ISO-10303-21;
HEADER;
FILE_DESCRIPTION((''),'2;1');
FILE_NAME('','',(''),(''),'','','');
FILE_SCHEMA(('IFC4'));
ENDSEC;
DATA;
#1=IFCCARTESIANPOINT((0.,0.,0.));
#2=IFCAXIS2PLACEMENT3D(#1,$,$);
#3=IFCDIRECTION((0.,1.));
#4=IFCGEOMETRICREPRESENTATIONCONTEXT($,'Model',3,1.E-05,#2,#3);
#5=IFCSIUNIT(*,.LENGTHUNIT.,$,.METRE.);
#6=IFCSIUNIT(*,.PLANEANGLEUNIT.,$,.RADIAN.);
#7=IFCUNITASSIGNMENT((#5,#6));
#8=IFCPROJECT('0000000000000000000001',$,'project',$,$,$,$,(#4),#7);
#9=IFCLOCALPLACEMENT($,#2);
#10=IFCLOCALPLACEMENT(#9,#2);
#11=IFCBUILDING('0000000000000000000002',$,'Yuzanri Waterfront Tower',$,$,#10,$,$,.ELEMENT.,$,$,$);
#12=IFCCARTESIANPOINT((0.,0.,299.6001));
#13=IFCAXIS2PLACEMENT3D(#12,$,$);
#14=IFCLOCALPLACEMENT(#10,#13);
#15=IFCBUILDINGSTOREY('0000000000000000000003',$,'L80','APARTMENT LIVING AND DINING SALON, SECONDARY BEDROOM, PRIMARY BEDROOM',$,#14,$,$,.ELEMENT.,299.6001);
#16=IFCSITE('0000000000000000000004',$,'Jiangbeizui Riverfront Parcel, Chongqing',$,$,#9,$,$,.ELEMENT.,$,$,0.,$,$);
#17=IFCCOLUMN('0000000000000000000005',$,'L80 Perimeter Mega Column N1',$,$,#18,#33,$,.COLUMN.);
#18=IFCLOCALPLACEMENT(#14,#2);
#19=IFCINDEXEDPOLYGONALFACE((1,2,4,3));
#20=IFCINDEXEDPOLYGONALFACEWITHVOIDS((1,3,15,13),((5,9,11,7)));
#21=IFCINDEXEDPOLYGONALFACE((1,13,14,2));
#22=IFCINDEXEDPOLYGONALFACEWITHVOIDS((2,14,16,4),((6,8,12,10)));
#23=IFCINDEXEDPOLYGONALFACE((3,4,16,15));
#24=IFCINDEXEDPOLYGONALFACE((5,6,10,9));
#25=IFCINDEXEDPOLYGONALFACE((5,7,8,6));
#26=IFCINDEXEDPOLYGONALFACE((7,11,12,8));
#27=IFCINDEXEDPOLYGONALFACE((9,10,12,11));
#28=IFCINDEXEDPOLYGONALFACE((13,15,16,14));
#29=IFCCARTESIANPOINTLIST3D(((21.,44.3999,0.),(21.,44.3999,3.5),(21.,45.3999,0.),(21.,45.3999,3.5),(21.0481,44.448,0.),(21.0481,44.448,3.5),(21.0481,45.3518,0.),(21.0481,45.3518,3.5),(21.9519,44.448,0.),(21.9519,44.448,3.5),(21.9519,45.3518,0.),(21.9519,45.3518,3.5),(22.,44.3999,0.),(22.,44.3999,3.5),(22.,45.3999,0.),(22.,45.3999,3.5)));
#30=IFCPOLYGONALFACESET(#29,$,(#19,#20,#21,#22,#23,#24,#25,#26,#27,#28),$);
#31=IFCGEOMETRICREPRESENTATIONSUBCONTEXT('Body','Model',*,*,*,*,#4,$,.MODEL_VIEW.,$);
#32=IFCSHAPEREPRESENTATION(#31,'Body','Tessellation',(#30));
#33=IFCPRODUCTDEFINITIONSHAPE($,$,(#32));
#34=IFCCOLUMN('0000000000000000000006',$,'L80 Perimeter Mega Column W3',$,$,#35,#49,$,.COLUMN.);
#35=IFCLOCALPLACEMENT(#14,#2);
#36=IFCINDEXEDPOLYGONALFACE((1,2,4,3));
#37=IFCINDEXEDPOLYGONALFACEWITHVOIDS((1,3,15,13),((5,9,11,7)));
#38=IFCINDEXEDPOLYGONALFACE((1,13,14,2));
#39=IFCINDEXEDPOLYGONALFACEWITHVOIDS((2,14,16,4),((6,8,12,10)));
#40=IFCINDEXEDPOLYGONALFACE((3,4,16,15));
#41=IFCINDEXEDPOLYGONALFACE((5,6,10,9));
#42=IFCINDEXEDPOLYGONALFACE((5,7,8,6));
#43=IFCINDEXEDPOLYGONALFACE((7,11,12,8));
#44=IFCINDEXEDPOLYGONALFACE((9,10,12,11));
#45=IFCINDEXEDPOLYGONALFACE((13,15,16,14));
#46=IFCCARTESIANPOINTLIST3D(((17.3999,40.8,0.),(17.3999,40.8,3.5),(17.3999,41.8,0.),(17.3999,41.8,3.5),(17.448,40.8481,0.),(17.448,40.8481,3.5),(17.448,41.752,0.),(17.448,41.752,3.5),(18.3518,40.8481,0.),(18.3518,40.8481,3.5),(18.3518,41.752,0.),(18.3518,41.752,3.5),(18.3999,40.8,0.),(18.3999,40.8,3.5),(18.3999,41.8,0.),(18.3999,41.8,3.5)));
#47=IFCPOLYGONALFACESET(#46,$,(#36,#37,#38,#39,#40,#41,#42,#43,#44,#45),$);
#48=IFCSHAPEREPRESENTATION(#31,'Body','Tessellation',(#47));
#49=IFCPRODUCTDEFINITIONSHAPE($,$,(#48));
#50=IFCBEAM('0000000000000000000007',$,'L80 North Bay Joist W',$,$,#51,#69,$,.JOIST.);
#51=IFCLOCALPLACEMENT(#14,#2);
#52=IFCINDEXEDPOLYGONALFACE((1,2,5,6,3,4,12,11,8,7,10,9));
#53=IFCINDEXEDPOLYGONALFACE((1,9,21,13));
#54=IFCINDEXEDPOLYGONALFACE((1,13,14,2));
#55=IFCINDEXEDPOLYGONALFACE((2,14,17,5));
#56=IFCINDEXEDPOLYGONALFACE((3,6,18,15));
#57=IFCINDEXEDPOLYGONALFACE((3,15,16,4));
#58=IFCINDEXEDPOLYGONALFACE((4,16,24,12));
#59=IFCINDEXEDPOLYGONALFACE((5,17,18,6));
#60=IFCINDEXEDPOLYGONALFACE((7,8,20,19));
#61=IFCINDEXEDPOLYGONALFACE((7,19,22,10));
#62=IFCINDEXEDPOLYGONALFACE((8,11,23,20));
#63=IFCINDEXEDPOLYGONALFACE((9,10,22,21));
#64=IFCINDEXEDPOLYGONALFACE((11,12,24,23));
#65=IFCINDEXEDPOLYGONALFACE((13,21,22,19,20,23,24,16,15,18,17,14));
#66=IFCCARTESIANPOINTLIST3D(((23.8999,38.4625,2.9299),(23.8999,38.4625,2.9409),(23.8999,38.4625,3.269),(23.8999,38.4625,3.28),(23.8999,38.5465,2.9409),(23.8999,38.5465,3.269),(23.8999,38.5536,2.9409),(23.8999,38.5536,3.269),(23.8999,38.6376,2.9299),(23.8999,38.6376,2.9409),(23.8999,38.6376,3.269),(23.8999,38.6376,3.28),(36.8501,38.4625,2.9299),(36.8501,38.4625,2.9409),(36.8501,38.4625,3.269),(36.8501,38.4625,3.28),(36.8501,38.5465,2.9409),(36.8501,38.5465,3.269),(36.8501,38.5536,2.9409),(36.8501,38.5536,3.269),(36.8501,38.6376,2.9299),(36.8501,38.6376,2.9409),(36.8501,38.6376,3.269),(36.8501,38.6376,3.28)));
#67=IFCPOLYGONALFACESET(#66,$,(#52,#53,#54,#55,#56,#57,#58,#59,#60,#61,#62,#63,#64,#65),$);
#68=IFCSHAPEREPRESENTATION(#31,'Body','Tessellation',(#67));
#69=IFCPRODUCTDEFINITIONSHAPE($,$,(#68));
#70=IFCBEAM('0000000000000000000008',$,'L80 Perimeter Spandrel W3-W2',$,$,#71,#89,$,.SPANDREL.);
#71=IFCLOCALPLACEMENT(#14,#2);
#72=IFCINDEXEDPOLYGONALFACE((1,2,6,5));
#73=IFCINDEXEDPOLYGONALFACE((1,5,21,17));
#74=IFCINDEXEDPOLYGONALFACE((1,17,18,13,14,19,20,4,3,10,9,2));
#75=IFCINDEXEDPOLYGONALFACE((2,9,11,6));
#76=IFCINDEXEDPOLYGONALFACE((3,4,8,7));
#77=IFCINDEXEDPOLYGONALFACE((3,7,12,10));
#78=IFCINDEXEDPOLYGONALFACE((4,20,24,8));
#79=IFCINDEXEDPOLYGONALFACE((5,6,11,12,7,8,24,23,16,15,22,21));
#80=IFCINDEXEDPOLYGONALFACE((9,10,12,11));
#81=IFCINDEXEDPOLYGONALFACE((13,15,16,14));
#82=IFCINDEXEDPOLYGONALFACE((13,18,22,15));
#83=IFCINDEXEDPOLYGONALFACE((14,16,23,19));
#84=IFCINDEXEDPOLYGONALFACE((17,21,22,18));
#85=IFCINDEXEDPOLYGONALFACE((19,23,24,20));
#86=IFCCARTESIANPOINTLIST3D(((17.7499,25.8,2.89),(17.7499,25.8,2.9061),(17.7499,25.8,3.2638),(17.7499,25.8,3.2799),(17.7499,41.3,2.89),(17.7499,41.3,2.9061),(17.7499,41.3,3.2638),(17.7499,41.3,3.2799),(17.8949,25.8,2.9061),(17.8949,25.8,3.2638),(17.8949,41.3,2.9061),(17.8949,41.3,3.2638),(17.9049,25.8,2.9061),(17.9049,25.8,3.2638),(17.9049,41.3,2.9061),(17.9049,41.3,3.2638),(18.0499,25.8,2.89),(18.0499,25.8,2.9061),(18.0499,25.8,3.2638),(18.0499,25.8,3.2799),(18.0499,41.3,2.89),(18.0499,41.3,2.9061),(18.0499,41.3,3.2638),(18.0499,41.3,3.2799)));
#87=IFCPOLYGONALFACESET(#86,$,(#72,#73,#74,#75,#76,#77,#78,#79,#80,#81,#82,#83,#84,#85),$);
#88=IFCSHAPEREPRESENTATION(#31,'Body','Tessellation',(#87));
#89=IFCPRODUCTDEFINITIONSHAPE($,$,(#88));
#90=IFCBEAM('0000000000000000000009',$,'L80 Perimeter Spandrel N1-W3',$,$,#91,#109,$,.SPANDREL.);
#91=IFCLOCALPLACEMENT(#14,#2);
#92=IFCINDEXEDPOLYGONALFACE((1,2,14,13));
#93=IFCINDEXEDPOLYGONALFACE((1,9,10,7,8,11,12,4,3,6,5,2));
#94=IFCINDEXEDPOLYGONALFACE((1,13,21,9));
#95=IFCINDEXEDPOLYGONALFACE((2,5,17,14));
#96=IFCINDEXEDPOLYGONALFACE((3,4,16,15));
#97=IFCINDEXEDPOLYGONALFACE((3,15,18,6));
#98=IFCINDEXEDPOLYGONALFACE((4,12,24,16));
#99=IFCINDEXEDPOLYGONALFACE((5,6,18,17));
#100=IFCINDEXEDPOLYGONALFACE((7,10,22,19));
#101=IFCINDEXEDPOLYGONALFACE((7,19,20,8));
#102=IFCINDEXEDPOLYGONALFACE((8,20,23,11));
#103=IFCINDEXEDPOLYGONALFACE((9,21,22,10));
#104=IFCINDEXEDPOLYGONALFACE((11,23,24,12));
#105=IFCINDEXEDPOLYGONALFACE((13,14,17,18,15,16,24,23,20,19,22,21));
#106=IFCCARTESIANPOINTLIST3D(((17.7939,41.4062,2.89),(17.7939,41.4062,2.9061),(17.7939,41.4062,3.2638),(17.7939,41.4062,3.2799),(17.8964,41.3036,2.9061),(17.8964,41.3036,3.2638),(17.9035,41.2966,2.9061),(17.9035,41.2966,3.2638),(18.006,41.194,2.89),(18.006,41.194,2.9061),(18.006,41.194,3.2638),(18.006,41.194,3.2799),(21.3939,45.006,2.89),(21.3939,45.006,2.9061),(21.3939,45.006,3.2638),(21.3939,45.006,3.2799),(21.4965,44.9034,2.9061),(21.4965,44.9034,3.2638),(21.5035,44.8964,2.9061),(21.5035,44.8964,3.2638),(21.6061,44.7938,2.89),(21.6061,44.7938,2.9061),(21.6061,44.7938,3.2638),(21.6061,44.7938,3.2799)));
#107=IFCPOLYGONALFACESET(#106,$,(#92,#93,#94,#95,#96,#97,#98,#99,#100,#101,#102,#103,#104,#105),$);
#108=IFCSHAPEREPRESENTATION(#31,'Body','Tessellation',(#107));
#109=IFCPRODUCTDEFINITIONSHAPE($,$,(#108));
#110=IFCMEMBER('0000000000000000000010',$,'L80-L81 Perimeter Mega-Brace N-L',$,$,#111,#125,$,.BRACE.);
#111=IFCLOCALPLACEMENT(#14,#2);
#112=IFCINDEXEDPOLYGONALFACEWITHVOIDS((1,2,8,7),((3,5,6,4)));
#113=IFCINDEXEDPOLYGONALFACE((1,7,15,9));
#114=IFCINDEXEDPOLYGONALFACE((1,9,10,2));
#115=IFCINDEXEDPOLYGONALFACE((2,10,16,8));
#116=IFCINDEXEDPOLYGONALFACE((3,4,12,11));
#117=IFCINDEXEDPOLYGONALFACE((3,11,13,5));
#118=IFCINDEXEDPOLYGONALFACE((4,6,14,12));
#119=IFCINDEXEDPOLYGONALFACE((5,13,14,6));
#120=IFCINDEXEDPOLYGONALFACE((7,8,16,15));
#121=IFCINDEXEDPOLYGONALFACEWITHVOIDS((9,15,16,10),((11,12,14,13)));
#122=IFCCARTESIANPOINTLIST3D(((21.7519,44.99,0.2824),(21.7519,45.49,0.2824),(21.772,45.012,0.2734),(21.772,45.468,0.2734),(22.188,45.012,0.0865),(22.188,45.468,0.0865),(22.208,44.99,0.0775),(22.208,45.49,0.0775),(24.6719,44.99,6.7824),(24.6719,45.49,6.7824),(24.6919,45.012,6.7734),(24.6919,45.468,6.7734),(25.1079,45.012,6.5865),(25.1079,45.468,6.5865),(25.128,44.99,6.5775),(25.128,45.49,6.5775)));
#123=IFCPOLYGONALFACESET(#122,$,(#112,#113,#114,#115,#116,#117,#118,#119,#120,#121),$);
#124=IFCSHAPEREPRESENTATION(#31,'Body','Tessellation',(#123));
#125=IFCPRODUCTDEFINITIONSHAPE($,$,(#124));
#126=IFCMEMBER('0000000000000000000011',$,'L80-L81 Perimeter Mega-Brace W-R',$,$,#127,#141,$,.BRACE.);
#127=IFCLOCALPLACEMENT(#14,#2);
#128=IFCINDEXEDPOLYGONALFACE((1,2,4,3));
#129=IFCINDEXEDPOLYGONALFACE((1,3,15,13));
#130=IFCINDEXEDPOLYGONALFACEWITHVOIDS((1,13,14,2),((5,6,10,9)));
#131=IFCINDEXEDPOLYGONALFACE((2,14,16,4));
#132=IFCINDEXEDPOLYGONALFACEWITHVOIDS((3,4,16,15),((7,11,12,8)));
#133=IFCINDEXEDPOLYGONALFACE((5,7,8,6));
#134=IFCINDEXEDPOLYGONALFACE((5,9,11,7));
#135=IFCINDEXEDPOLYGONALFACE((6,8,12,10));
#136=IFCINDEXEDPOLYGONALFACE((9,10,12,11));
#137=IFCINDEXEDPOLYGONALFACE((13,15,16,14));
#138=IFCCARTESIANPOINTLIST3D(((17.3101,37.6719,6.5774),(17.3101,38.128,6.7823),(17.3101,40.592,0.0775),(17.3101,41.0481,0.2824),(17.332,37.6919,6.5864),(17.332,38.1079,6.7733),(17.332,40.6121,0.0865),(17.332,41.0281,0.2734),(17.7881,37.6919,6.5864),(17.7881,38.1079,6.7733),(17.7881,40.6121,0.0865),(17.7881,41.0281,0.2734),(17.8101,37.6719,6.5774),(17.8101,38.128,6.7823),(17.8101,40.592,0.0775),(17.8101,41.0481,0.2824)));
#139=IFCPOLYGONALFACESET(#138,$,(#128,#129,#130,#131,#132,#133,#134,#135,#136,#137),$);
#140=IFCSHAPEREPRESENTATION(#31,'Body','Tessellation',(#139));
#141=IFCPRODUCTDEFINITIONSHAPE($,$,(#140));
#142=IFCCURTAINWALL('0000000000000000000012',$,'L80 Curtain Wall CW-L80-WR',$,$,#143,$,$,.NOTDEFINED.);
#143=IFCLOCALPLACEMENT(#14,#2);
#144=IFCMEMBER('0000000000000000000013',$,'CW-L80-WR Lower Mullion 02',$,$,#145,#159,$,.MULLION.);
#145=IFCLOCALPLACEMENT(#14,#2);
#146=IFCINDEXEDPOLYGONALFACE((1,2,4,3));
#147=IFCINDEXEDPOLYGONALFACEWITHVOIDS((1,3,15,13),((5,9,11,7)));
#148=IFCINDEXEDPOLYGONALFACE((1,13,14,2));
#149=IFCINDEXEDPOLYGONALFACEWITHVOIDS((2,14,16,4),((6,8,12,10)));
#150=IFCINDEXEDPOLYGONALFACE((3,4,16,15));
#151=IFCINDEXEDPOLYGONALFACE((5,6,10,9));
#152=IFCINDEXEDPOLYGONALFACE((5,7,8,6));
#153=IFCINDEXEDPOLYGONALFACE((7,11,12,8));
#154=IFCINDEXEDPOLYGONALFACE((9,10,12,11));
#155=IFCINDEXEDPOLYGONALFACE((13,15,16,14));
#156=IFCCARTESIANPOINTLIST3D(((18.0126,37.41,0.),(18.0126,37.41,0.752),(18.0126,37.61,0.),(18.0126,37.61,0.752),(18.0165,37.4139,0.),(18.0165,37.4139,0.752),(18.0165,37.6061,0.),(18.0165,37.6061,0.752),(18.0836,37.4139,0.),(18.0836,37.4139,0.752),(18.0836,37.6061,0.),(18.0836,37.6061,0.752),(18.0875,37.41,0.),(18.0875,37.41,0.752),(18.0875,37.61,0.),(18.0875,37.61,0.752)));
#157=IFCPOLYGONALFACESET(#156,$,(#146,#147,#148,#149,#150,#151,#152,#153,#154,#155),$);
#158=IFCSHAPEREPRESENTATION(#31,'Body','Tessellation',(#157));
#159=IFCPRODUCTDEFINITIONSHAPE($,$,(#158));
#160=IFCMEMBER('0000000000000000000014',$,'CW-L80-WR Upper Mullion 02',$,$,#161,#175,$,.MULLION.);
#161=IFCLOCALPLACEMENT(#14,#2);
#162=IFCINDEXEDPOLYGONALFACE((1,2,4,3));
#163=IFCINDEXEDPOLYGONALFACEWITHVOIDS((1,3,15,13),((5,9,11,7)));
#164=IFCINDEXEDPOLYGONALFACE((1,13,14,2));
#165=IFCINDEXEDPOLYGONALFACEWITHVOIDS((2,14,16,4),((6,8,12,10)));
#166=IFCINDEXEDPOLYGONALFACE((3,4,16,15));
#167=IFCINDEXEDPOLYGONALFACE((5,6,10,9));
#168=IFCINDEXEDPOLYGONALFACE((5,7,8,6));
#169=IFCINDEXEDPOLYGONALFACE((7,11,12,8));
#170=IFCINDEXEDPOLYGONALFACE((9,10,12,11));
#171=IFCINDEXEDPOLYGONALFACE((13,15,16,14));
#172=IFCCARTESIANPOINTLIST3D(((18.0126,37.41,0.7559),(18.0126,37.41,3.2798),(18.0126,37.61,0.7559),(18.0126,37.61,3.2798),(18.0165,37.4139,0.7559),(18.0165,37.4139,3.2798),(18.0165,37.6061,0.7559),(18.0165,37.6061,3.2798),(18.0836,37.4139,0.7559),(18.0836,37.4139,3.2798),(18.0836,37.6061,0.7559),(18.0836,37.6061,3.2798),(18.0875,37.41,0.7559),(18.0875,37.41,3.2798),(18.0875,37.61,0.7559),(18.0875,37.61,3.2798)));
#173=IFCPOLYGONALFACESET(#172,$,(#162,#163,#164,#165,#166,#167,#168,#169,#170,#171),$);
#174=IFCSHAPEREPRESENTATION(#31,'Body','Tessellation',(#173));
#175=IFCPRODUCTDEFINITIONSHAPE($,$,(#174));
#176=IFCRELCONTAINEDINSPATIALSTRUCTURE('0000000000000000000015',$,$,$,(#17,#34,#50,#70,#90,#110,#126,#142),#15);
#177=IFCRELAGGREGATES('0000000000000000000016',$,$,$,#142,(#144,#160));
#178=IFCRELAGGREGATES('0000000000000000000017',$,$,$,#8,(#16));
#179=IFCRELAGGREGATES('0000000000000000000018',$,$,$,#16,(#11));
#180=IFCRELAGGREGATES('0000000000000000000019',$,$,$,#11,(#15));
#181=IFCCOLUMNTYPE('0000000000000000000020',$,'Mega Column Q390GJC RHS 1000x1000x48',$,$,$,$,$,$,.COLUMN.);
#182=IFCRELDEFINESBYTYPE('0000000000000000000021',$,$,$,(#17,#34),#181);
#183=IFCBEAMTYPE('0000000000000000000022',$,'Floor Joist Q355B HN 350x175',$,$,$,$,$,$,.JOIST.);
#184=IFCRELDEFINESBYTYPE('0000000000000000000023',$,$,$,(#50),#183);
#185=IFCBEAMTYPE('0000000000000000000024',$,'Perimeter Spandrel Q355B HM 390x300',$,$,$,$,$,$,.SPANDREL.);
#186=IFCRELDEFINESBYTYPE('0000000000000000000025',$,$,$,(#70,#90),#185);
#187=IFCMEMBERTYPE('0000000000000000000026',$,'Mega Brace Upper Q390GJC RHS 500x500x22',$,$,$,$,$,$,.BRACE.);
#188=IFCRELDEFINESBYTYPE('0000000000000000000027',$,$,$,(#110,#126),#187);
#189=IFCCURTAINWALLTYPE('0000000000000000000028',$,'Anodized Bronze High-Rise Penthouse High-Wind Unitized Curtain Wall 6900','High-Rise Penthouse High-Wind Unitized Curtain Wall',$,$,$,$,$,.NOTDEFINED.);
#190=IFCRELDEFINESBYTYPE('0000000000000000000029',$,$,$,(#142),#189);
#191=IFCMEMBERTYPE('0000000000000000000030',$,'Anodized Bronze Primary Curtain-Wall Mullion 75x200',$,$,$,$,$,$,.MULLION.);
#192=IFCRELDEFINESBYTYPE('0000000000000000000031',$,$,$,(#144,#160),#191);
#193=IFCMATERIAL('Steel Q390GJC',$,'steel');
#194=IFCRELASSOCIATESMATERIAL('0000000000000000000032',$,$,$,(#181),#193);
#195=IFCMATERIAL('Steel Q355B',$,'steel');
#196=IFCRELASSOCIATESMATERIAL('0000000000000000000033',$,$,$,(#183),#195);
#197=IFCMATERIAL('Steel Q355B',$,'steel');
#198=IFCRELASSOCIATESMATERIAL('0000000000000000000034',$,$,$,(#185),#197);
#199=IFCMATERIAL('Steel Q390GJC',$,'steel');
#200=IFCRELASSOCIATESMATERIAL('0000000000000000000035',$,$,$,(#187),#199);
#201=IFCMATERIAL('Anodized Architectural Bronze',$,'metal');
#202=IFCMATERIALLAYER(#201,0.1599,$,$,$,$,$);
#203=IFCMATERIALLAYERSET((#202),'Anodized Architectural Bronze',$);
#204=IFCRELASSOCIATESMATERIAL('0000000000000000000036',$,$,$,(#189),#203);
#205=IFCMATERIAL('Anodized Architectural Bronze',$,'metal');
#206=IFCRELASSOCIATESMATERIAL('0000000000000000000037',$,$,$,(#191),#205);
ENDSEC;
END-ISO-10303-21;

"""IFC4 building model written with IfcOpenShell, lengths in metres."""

from ifc_helpers import new_model, si_unit, direction, frame, origin, origin_2d, place, context, subcontext, project, spatial, hollow_rectangle, i_section, extrude, source, transform, mapped, material, layer, layer_set, material_profile, profile_set, type_object, element, aggregate, save


model = new_model("IFC4")

# Units and contexts
model_context = context("Model", 3, precision=1e-05, world=origin(), true_north=direction((0.0, 1.0)))
body_context = subcontext(model_context, "Body", "Model", "MODEL_VIEW")
ifc_project = project(units=[si_unit("LENGTHUNIT", "METRE"), si_unit("PLANEANGLEUNIT", "RADIAN")], contexts=[model_context])

# Site, building, storey
site_placement = place(None, origin())
site = spatial("IfcSite", under=ifc_project, at=site_placement, Name="Jiangbeizui Riverfront Parcel, Chongqing", CompositionType="ELEMENT", RefElevation=0.0)
building_placement = place(site_placement, origin())
building = spatial("IfcBuilding", under=site, at=building_placement, Name="Yuzanri Waterfront Tower", CompositionType="ELEMENT")
storey_placement = place(building_placement, frame((0.0, 0.0, 299.6001)))
storey = spatial("IfcBuildingStorey", under=building, at=storey_placement, Name="L80", Description="APARTMENT LIVING AND DINING SALON, SECONDARY BEDROOM, PRIMARY BEDROOM", CompositionType="ELEMENT", Elevation=299.6001)

# Columns
ifc_material_1 = material(Name="Steel Q390GJC", Category="steel")
ifc_material_profile_1 = material_profile(ifc_material_1, hollow_rectangle(XDim=1.0, YDim=1.0, WallThickness=0.0481, at=origin_2d()), Name="RHS 1000x1000x48")
ifc_profile_set_1 = profile_set([ifc_material_profile_1], Name="Steel Q390GJC")
column_type = type_object("IfcColumnType", Name="Mega Column Q390GJC RHS 1000x1000x48", PredefinedType="COLUMN", material=ifc_profile_set_1)
shared_shape_1 = source(origin(), body_context, "Body", "SweptSolid", [
    extrude(hollow_rectangle(XDim=1.0, YDim=1.0, WallThickness=0.0481, at=origin_2d()), origin(), (0.0, 0.0, 1.0), 3.5),
])
for number, where, z_axis, x_axis, name in (
    (1, (21.5, 44.8999, 0.0), (0.0, 0.0, 1.0), (1.0, 0.0, 0.0), "L80 Perimeter Mega Column N1"),
    (2, (17.8999, 41.3, 0.0), (0.0, 0.0, 1.0), (1.0, 0.0, 0.0), "L80 Perimeter Mega Column W3"),
):
    element("IfcColumn", number, at=place(storey_placement, frame(where, z_axis=z_axis, x_axis=x_axis)), inside=storey, type_object=column_type, Name=name, PredefinedType="COLUMN", context=body_context, shape_type="MappedRepresentation", body=[
        mapped(shared_shape_1, transform((0.0, 0.0, 0.0), scale=1.0)),
    ])

# Beams
ifc_material_2 = material(Name="Steel Q355B", Category="steel")
ifc_material_profile_2 = material_profile(ifc_material_2, i_section(OverallWidth=0.175, OverallDepth=0.3501, WebThickness=0.0071, FlangeThickness=0.011, at=origin_2d()), Name="HN 350x175x7x11")
ifc_profile_set_2 = profile_set([ifc_material_profile_2], Name="Steel Q355B")
beam_type_1 = type_object("IfcBeamType", Name="Floor Joist Q355B HN 350x175", PredefinedType="JOIST", material=ifc_profile_set_2)
shared_shape_2 = source(origin(), body_context, "Body", "SweptSolid", [
    extrude(i_section(OverallWidth=0.175, OverallDepth=0.3501, WebThickness=0.0071, FlangeThickness=0.011, at=origin_2d()), origin(), (0.0, 0.0, 1.0), 12.9502),
])
beam_1_placement = place(storey_placement, frame((23.8999, 38.55, 3.105), z_axis=(1.0, 0.0, 0.0), x_axis=(0.0, 1.0, 0.0)))
element("IfcBeam", 3, at=beam_1_placement, inside=storey, type_object=beam_type_1, Name="L80 North Bay Joist W", PredefinedType="JOIST", context=body_context, shape_type="MappedRepresentation", body=[
    mapped(shared_shape_2, transform((0.0, 0.0, 0.0), scale=1.0)),
])
ifc_material_3 = material(Name="Steel Q355B", Category="steel")
ifc_material_profile_3 = material_profile(ifc_material_3, i_section(OverallWidth=0.3, OverallDepth=0.3899, WebThickness=0.01, FlangeThickness=0.0161, at=origin_2d()), Name="HM 390x300x10x16")
ifc_profile_set_3 = profile_set([ifc_material_profile_3], Name="Steel Q355B")
beam_type_2 = type_object("IfcBeamType", Name="Perimeter Spandrel Q355B HM 390x300", PredefinedType="SPANDREL", material=ifc_profile_set_3)
shared_shape_3 = source(origin(), body_context, "Body", "SweptSolid", [
    extrude(i_section(OverallWidth=0.3, OverallDepth=0.3899, WebThickness=0.01, FlangeThickness=0.0161, at=origin_2d()), origin(), (0.0, 0.0, 1.0), 15.5),
])
beam_2_placement = place(storey_placement, frame((17.8999, 41.3, 3.085), z_axis=(0.0, -1.0, 0.0), x_axis=(1.0, 0.0, 0.0)))
element("IfcBeam", 4, at=beam_2_placement, inside=storey, type_object=beam_type_2, Name="L80 Perimeter Spandrel W3-W2", PredefinedType="SPANDREL", context=body_context, shape_type="MappedRepresentation", body=[
    mapped(shared_shape_3, transform((0.0, 0.0, 0.0), scale=1.0)),
])
shared_shape_4 = source(origin(), body_context, "Body", "SweptSolid", [
    extrude(i_section(OverallWidth=0.3, OverallDepth=0.3899, WebThickness=0.01, FlangeThickness=0.0161, at=origin_2d()), origin(), (0.0, 0.0, 1.0), 5.0911),
])
beam_3_placement = place(storey_placement, frame((21.5, 44.8999, 3.085), z_axis=(-0.707131, -0.707083, 0.0), x_axis=(0.707083, -0.707131, 0.0)))
element("IfcBeam", 5, at=beam_3_placement, inside=storey, type_object=beam_type_2, Name="L80 Perimeter Spandrel N1-W3", PredefinedType="SPANDREL", context=body_context, shape_type="MappedRepresentation", body=[
    mapped(shared_shape_4, transform((0.0, 0.0, 0.0), scale=1.0)),
])

# Members
ifc_material_4 = material(Name="Steel Q390GJC", Category="steel")
ifc_material_profile_4 = material_profile(ifc_material_4, hollow_rectangle(XDim=0.5, YDim=0.5, WallThickness=0.022, at=origin_2d()), Name="RHS 500x500x22")
ifc_profile_set_4 = profile_set([ifc_material_profile_4], Name="Steel Q390GJC")
member_type_1 = type_object("IfcMemberType", Name="Mega Brace Upper Q390GJC RHS 500x500x22", PredefinedType="BRACE", material=ifc_profile_set_4)
shared_shape_5 = source(origin(), body_context, "Body", "SweptSolid", [
    extrude(hollow_rectangle(XDim=0.5, YDim=0.5, WallThickness=0.022, at=origin_2d()), origin(), (0.0, 0.0, 1.0), 7.1257),
])
for number, where, z_axis, x_axis, name in (
    (6, (21.98, 45.24, 0.1799), (0.409772, 0.0, 0.912188), (0.0, 1.0, 0.0), "L80-L81 Perimeter Mega-Brace N-L"),
    (7, (17.5601, 40.8201, 0.1799), (0.0, -0.4098, 0.912175), (1.0, 0.0, 0.0), "L80-L81 Perimeter Mega-Brace W-R"),
):
    element("IfcMember", number, at=place(storey_placement, frame(where, z_axis=z_axis, x_axis=x_axis)), inside=storey, type_object=member_type_1, Name=name, PredefinedType="BRACE", context=body_context, shape_type="MappedRepresentation", body=[
        mapped(shared_shape_5, transform((0.0, 0.0, 0.0), scale=1.0)),
    ])

# Curtain wall, members
ifc_material_5 = material(Name="Anodized Architectural Bronze", Category="metal")
ifc_layer_1 = layer(ifc_material_5, 0.1599)
ifc_layer_set_1 = layer_set([ifc_layer_1], Name="Anodized Architectural Bronze")
curtain_wall_type = type_object("IfcCurtainWallType", Name="Anodized Bronze High-Rise Penthouse High-Wind Unitized Curtain Wall 6900", Description="High-Rise Penthouse High-Wind Unitized Curtain Wall", PredefinedType="NOTDEFINED", material=ifc_layer_set_1)
curtain_wall_1_placement = place(storey_placement, origin())
curtain_wall_1 = element("IfcCurtainWall", 8, at=curtain_wall_1_placement, inside=storey, type_object=curtain_wall_type, Name="L80 Curtain Wall CW-L80-WR", PredefinedType="NOTDEFINED")
ifc_material_6 = material(Name="Anodized Architectural Bronze", Category="metal")
ifc_material_profile_5 = material_profile(ifc_material_6, hollow_rectangle(XDim=0.075, YDim=0.2, WallThickness=0.0039, at=origin_2d()), Name="CWM 75x200")
ifc_profile_set_5 = profile_set([ifc_material_profile_5], Name="Anodized Architectural Bronze")
member_type_2 = type_object("IfcMemberType", Name="Anodized Bronze Primary Curtain-Wall Mullion 75x200", PredefinedType="MULLION", material=ifc_profile_set_5)
shared_shape_6 = source(origin(), body_context, "Body", "SweptSolid", [
    extrude(hollow_rectangle(XDim=0.075, YDim=0.2, WallThickness=0.0039, at=origin_2d()), origin(), (0.0, 0.0, 1.0), 0.752),
])
member_1_placement = place(storey_placement, frame((18.05, 37.51, 0.0), z_axis=(0.0, 0.0, 1.0), x_axis=(1.0, 0.0, 0.0)))
member_1 = element("IfcMember", 9, at=member_1_placement, type_object=member_type_2, Name="CW-L80-WR Lower Mullion 02", PredefinedType="MULLION", context=body_context, shape_type="MappedRepresentation", body=[
    mapped(shared_shape_6, transform((0.0, 0.0, 0.0), scale=1.0)),
])
shared_shape_7 = source(origin(), body_context, "Body", "SweptSolid", [
    extrude(hollow_rectangle(XDim=0.075, YDim=0.2, WallThickness=0.0039, at=origin_2d()), origin(), (0.0, 0.0, 1.0), 2.5239),
])
member_2_placement = place(storey_placement, frame((18.05, 37.51, 0.7559), z_axis=(0.0, 0.0, 1.0), x_axis=(1.0, 0.0, 0.0)))
member_2 = element("IfcMember", 10, at=member_2_placement, type_object=member_type_2, Name="CW-L80-WR Upper Mullion 02", PredefinedType="MULLION", context=body_context, shape_type="MappedRepresentation", body=[
    mapped(shared_shape_7, transform((0.0, 0.0, 0.0), scale=1.0)),
])

aggregate(curtain_wall_1, [member_1, member_2])

save(model, "model.ifc")
